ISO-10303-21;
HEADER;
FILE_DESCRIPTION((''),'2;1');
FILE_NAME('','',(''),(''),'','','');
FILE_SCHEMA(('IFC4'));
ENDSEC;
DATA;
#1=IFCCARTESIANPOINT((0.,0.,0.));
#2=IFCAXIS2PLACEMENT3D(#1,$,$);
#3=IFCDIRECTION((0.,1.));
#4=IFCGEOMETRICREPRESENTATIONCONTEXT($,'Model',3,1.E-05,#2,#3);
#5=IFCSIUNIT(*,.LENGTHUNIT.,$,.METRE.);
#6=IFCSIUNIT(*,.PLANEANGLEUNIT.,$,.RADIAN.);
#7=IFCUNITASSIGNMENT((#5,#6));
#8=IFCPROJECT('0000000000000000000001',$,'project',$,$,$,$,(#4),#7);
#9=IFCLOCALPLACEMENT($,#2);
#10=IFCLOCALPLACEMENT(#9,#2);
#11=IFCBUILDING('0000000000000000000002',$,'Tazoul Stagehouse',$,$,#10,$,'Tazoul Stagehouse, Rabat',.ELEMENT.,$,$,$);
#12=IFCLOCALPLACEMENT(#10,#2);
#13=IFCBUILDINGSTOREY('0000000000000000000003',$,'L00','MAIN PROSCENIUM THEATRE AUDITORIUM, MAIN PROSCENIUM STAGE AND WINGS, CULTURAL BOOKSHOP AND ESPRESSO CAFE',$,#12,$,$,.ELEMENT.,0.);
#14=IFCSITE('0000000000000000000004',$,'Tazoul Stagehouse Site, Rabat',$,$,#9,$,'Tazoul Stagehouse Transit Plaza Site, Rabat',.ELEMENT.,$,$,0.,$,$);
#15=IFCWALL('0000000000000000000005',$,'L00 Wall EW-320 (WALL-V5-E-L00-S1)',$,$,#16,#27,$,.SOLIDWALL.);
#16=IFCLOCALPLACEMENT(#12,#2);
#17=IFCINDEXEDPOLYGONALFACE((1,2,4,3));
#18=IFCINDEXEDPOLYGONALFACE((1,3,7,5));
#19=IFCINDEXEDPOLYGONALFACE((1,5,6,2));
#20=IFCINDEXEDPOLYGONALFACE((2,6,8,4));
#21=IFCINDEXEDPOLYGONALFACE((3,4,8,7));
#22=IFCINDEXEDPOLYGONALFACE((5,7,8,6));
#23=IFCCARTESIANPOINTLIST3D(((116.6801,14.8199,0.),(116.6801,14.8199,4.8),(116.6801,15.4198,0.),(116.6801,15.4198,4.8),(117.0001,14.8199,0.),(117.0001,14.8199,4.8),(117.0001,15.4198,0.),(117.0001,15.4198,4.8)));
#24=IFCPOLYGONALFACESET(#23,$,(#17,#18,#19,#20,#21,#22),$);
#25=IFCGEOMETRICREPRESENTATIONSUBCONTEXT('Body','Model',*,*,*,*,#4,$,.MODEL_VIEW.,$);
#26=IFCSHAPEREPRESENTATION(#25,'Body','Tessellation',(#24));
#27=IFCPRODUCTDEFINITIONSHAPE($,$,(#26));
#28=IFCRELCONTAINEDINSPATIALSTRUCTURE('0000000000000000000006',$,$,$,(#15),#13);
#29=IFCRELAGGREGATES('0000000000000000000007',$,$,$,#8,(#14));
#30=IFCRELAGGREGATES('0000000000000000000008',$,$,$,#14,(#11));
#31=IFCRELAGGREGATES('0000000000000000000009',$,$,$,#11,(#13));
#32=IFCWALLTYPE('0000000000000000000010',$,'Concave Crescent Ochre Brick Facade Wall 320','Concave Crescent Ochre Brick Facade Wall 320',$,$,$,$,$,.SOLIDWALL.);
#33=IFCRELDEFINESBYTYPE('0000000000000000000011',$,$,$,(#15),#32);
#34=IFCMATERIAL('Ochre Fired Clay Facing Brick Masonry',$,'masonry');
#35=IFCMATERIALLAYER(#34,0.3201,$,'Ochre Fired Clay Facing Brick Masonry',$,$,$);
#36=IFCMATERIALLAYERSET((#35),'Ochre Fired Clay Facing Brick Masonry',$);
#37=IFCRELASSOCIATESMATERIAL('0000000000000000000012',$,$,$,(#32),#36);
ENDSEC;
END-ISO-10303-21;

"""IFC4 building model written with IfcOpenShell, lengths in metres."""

from ifc_helpers import new_model, si_unit, direction, frame, frame_2d, origin, place, context, subcontext, project, spatial, rectangle, extrude, material, layer, layer_set, type_object, element, save


model = new_model("IFC4")

# Units and contexts
model_context = context("Model", 3, precision=1e-05, world=origin(), true_north=direction((0.0, 1.0)))
body_context = subcontext(model_context, "Body", "Model", "MODEL_VIEW")
ifc_project = project(units=[si_unit("LENGTHUNIT", "METRE"), si_unit("PLANEANGLEUNIT", "RADIAN")], contexts=[model_context])

# Site, building, storey
site_placement = place(None, origin())
site = spatial("IfcSite", under=ifc_project, at=site_placement, Name="Tazoul Stagehouse Site, Rabat", LongName="Tazoul Stagehouse Transit Plaza Site, Rabat", CompositionType="ELEMENT", RefElevation=0.0)
building_placement = place(site_placement, origin())
building = spatial("IfcBuilding", under=site, at=building_placement, Name="Tazoul Stagehouse", LongName="Tazoul Stagehouse, Rabat", CompositionType="ELEMENT")
storey_placement = place(building_placement, origin())
storey = spatial("IfcBuildingStorey", under=building, at=storey_placement, Name="L00", Description="MAIN PROSCENIUM THEATRE AUDITORIUM, MAIN PROSCENIUM STAGE AND WINGS, CULTURAL BOOKSHOP AND ESPRESSO CAFE", CompositionType="ELEMENT", Elevation=0.0)

# Wall
ifc_material_1 = material(Name="Ochre Fired Clay Facing Brick Masonry", Category="masonry")
ifc_layer_1 = layer(ifc_material_1, 0.3201, Name="Ochre Fired Clay Facing Brick Masonry")
ifc_layer_set_1 = layer_set([ifc_layer_1], Name="Ochre Fired Clay Facing Brick Masonry")
wall_type_1 = type_object("IfcWallType", Name="Concave Crescent Ochre Brick Facade Wall 320", Description="Concave Crescent Ochre Brick Facade Wall 320", PredefinedType="SOLIDWALL", material=ifc_layer_set_1)
wall_1_placement = place(storey_placement, frame((116.8401, 14.8201, 0.0), z_axis=(0.0, 0.0, 1.0), x_axis=(0.0, 1.0, 0.0)))
element("IfcWall", 1, at=wall_1_placement, inside=storey, type_object=wall_type_1, Name="L00 Wall EW-320 (WALL-V5-E-L00-S1)", PredefinedType="SOLIDWALL", context=body_context, shape_type="SweptSolid", body=[
    extrude(rectangle(XDim=0.5999, YDim=0.3201, at=frame_2d((0.2998, 0.0))), origin(), (0.0, 0.0, 1.0), 4.8),
])

save(model, "model.ifc")
